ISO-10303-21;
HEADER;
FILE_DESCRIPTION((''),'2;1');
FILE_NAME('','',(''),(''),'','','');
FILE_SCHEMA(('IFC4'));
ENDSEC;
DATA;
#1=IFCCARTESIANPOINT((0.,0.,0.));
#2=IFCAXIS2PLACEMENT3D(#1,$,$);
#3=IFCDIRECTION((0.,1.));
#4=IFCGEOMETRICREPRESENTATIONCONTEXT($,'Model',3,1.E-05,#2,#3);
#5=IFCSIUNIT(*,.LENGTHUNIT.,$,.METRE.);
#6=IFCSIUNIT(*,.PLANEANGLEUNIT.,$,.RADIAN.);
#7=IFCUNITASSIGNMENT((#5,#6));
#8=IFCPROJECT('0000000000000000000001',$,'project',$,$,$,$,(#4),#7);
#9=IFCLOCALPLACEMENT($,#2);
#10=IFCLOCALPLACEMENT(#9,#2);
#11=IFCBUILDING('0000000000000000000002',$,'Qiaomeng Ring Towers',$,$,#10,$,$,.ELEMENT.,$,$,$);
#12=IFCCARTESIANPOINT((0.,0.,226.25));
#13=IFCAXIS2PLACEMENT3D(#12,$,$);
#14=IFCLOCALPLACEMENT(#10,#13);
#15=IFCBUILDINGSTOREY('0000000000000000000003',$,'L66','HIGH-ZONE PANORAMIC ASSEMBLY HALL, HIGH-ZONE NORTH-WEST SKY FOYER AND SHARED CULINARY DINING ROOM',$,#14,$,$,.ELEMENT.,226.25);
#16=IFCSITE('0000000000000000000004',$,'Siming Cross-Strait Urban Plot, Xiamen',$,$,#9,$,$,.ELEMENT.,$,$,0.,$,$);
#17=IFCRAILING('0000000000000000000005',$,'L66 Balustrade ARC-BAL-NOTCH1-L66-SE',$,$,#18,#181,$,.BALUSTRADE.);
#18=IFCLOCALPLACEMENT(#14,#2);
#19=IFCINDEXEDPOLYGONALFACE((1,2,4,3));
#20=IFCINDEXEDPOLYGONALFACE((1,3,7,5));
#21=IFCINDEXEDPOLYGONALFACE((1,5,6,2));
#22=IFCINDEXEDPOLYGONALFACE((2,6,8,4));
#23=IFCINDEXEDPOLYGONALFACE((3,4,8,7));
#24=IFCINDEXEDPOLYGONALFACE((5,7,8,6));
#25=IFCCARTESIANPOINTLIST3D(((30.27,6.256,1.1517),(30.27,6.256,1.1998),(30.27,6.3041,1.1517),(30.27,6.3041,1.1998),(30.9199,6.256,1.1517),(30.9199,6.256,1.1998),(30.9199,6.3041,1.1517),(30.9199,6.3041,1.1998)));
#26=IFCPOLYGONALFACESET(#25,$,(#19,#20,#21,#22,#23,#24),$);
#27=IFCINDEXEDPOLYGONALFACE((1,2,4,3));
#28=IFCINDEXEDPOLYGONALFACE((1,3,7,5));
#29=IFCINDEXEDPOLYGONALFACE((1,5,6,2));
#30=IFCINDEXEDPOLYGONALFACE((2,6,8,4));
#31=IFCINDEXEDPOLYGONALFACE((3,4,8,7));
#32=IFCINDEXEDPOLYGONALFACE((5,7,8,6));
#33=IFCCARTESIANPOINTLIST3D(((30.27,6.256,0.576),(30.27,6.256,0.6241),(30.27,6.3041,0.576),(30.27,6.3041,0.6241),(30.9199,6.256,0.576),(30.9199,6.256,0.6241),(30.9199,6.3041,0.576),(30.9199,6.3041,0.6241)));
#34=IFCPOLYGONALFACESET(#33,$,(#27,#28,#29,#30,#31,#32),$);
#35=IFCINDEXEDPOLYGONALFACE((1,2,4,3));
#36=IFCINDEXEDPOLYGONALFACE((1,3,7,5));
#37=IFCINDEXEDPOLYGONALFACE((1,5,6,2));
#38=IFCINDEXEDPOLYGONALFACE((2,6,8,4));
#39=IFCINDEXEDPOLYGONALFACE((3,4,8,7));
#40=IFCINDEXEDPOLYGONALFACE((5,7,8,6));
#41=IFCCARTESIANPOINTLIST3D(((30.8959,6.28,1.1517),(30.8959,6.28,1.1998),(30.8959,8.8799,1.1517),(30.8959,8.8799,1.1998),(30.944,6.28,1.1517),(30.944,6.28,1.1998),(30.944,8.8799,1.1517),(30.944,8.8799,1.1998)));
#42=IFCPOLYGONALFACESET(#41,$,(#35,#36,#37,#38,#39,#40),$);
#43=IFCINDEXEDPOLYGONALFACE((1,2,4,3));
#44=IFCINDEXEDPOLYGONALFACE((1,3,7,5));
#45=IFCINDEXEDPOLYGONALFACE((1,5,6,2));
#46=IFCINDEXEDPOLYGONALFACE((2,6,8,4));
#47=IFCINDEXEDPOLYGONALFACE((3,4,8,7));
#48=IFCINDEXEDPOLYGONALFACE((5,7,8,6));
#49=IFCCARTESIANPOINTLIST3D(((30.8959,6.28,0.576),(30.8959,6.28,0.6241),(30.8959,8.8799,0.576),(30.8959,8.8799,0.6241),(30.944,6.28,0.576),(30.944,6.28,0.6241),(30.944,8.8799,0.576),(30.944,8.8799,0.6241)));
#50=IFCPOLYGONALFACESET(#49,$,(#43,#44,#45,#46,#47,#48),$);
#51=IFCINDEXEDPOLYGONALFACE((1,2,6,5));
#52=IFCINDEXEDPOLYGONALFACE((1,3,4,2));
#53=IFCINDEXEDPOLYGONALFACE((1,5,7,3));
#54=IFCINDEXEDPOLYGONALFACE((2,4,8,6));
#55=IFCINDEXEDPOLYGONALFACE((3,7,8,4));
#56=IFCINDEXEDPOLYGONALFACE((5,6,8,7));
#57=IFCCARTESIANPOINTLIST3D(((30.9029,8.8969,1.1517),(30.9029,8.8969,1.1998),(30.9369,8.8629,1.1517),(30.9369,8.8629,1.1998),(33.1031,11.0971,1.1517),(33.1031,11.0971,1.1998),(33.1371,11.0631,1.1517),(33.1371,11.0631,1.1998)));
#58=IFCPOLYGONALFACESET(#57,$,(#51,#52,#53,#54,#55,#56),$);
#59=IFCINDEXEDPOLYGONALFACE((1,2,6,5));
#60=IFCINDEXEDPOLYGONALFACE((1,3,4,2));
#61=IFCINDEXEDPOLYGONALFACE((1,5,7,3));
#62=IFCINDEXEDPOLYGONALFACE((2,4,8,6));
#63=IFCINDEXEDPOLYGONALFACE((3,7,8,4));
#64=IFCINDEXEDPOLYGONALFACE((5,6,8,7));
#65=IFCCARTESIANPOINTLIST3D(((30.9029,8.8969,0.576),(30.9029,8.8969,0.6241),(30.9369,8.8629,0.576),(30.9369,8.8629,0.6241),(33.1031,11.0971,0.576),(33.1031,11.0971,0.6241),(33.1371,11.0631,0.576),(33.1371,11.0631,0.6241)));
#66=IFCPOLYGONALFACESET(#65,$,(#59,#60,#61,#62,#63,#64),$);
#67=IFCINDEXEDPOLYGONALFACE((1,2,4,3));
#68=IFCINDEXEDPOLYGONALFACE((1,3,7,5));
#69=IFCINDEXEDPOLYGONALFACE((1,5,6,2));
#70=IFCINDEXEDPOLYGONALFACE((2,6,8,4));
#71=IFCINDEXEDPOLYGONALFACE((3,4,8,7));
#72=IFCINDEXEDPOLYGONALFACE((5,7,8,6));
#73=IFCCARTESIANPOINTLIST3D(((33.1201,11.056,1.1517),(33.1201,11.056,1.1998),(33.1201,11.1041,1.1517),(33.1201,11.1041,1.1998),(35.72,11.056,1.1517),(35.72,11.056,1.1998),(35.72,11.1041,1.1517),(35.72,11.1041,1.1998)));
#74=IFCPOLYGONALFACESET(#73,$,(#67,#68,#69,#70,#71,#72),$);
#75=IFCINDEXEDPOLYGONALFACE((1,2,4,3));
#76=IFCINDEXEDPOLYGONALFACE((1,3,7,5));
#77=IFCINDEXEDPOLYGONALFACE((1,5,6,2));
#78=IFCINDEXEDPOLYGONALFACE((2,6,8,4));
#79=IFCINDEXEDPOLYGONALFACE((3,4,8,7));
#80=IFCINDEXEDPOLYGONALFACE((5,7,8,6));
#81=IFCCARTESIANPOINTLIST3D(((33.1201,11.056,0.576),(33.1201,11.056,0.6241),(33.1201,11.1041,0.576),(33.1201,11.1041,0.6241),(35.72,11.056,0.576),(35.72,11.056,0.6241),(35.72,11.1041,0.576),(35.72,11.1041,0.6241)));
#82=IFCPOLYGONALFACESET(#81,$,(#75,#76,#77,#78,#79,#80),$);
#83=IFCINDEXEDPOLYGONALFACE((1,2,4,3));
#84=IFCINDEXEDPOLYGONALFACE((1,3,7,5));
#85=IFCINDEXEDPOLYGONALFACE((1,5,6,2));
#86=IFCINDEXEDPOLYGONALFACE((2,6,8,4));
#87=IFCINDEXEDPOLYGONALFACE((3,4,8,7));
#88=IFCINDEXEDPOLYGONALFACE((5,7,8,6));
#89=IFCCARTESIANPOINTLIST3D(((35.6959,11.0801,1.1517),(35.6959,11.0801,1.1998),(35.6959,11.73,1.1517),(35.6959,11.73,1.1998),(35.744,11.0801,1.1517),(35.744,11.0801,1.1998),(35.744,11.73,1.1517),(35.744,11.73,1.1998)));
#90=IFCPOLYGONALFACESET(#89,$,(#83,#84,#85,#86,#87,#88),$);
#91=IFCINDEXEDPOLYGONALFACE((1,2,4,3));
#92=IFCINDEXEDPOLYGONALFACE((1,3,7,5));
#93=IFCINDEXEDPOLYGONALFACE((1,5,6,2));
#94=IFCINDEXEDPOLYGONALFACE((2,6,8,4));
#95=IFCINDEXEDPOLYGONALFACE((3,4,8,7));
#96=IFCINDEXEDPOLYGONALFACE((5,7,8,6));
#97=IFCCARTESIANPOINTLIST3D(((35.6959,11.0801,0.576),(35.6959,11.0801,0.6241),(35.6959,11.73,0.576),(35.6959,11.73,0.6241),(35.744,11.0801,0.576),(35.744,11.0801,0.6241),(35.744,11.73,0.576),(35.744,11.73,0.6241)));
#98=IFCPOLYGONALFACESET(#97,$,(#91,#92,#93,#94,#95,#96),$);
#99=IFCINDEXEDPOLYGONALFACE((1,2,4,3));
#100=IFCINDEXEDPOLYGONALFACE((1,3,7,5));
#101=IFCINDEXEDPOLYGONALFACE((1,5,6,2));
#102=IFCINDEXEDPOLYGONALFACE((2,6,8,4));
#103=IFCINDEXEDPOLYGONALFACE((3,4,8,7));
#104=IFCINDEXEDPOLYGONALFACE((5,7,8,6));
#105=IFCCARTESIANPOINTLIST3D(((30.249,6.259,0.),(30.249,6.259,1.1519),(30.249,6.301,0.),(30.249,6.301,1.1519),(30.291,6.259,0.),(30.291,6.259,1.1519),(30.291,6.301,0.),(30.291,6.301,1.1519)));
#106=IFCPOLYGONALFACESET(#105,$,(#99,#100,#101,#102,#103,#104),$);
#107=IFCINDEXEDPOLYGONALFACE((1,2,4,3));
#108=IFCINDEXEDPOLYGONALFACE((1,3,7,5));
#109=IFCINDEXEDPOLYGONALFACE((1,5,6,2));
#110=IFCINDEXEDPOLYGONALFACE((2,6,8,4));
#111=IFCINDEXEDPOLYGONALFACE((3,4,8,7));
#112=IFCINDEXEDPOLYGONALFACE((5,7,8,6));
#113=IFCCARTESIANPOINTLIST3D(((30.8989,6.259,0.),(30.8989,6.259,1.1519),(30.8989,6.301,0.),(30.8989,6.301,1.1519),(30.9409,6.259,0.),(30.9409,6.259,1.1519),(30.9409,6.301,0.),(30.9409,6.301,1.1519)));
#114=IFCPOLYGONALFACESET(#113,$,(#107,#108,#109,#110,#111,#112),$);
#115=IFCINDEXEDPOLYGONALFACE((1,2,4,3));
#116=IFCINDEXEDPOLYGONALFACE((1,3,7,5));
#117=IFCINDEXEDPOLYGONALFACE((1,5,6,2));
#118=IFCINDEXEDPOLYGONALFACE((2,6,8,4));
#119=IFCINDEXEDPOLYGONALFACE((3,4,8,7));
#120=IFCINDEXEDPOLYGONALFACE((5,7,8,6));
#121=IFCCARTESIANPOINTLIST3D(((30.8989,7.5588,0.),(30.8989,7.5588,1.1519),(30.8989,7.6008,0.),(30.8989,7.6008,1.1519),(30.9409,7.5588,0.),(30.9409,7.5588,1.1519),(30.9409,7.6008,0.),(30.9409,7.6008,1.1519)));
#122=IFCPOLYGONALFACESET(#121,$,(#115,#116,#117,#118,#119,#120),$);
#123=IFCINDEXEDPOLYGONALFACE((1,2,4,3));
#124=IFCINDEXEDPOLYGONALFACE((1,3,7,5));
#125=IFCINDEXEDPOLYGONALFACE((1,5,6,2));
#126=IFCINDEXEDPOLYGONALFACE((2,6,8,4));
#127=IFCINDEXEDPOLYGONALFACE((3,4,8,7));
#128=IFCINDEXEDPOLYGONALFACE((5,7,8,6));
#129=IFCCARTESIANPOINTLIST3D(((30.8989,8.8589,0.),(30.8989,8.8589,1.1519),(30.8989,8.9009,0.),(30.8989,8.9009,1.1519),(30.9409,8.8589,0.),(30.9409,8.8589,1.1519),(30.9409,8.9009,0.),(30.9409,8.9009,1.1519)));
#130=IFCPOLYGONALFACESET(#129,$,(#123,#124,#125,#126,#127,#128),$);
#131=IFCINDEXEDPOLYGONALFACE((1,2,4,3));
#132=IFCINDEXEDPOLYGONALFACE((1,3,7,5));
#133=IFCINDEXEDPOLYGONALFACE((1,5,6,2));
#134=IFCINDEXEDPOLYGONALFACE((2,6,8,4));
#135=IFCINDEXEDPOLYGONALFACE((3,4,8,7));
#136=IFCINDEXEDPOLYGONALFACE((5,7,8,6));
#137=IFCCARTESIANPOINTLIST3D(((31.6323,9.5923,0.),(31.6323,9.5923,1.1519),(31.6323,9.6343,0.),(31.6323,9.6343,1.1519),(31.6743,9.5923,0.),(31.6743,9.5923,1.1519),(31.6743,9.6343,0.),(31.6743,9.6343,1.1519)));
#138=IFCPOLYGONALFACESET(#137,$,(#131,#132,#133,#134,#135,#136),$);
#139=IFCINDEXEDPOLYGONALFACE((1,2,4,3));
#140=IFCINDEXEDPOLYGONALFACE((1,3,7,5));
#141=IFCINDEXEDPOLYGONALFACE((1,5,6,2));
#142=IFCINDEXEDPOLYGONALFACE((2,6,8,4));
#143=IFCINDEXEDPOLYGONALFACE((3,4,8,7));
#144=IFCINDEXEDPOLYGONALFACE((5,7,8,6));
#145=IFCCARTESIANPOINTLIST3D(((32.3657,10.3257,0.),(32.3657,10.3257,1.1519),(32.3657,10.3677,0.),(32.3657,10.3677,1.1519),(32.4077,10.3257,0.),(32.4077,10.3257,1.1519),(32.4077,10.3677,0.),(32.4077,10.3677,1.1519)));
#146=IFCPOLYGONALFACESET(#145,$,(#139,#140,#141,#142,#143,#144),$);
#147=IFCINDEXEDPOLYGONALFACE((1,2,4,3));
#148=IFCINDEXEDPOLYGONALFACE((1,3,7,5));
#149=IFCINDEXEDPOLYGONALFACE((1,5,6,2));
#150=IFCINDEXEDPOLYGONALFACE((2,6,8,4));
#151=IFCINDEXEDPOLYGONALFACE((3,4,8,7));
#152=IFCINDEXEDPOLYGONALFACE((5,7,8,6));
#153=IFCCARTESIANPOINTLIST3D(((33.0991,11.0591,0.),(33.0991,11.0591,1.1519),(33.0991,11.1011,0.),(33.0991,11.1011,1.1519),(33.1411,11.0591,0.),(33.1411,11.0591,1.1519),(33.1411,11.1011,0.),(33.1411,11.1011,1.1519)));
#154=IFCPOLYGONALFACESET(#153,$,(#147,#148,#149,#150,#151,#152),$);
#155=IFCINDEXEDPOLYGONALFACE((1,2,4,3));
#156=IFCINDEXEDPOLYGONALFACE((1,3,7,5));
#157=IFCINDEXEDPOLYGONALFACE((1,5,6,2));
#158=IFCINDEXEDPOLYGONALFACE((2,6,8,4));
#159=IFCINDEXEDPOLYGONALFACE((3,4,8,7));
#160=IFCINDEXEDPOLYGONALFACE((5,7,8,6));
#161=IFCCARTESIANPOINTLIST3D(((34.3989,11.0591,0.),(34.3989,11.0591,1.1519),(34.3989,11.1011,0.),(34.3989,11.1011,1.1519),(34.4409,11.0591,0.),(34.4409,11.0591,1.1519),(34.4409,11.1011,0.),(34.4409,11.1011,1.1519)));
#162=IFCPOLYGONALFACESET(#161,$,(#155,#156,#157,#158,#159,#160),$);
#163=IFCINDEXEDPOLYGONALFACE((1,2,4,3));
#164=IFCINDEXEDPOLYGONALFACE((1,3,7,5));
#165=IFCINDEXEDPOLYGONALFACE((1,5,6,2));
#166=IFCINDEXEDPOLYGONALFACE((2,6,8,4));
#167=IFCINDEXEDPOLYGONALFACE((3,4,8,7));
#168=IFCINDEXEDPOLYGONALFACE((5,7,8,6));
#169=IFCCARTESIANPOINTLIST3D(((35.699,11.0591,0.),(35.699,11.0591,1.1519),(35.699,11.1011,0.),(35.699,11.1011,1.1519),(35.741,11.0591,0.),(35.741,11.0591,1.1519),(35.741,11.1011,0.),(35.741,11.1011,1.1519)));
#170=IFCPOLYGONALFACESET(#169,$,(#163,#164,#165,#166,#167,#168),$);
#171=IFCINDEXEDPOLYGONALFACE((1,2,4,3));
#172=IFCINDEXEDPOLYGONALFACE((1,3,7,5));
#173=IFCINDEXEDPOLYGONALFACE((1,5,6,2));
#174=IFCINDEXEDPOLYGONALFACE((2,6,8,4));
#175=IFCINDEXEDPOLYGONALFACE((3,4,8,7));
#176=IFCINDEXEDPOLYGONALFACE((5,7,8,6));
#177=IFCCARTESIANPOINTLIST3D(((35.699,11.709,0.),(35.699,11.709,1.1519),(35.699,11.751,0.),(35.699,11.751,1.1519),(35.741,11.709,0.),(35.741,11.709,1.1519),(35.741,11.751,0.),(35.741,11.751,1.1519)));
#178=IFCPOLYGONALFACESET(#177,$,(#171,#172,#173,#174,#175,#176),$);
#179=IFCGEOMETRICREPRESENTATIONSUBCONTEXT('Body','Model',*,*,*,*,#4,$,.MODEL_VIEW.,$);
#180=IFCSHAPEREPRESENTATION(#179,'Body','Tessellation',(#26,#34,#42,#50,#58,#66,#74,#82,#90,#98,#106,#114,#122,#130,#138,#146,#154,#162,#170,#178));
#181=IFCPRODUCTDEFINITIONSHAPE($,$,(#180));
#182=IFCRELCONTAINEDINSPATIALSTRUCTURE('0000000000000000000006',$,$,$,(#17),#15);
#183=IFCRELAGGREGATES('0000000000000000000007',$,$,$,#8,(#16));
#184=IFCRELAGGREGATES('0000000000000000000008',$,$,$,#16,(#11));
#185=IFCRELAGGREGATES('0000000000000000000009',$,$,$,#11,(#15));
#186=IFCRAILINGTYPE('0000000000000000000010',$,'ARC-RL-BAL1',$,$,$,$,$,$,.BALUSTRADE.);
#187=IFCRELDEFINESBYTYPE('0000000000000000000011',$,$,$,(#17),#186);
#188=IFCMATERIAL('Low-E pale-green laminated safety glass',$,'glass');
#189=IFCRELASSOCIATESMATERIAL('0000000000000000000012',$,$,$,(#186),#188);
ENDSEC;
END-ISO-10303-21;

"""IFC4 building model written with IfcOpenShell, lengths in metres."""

from ifc_helpers import new_model, si_unit, direction, frame, origin, origin_2d, place, context, subcontext, project, spatial, rectangle, extrude, material, type_object, element, save


model = new_model("IFC4")

# Units and contexts
model_context = context("Model", 3, precision=1e-05, world=origin(), true_north=direction((0.0, 1.0)))
body_context = subcontext(model_context, "Body", "Model", "MODEL_VIEW")
ifc_project = project(units=[si_unit("LENGTHUNIT", "METRE"), si_unit("PLANEANGLEUNIT", "RADIAN")], contexts=[model_context])

# Site, building, storey
site_placement = place(None, origin())
site = spatial("IfcSite", under=ifc_project, at=site_placement, Name="Siming Cross-Strait Urban Plot, Xiamen", CompositionType="ELEMENT", RefElevation=0.0)
building_placement = place(site_placement, origin())
building = spatial("IfcBuilding", under=site, at=building_placement, Name="Qiaomeng Ring Towers", CompositionType="ELEMENT")
storey_placement = place(building_placement, frame((0.0, 0.0, 226.25)))
storey = spatial("IfcBuildingStorey", under=building, at=storey_placement, Name="L66", Description="HIGH-ZONE PANORAMIC ASSEMBLY HALL, HIGH-ZONE NORTH-WEST SKY FOYER AND SHARED CULINARY DINING ROOM", CompositionType="ELEMENT", Elevation=226.25)

# Railing
ifc_material_1 = material(Name="Low-E pale-green laminated safety glass", Category="glass")
railing_type = type_object("IfcRailingType", Name="ARC-RL-BAL1", PredefinedType="BALUSTRADE", material=ifc_material_1)
railing_placement = place(storey_placement, frame((30.27, 6.28, 0.0)))
element("IfcRailing", 1, at=railing_placement, inside=storey, type_object=railing_type, Name="L66 Balustrade ARC-BAL-NOTCH1-L66-SE", PredefinedType="BALUSTRADE", context=body_context, shape_type="SweptSolid", body=[
    extrude(rectangle(XDim=0.0481, YDim=0.0481, at=origin_2d()), frame((0.0, 0.0, 1.1758), z_axis=(1.0, 0.0, 0.0), x_axis=(0.0, 1.0, 0.0)), (0.0, 0.0, 1.0), 0.6499),
    extrude(rectangle(XDim=0.0481, YDim=0.0481, at=origin_2d()), frame((0.0, 0.0, 0.6001), z_axis=(1.0, 0.0, 0.0), x_axis=(0.0, 1.0, 0.0)), (0.0, 0.0, 1.0), 0.6499),
    extrude(rectangle(XDim=0.0481, YDim=0.0481, at=origin_2d()), frame((0.6499, 0.0, 1.1758), z_axis=(0.0, 1.0, 0.0), x_axis=(-1.0, 0.0, 0.0)), (0.0, 0.0, 1.0), 2.5999),
    extrude(rectangle(XDim=0.0481, YDim=0.0481, at=origin_2d()), frame((0.6499, 0.0, 0.6001), z_axis=(0.0, 1.0, 0.0), x_axis=(-1.0, 0.0, 0.0)), (0.0, 0.0, 1.0), 2.5999),
    extrude(rectangle(XDim=0.0481, YDim=0.0481, at=origin_2d()), frame((0.6499, 2.5999, 1.1758), z_axis=(0.707107, 0.707107, 0.0), x_axis=(-0.707107, 0.707107, 0.0)), (0.0, 0.0, 1.0), 3.1116),
    extrude(rectangle(XDim=0.0481, YDim=0.0481, at=origin_2d()), frame((0.6499, 2.5999, 0.6001), z_axis=(0.707107, 0.707107, 0.0), x_axis=(-0.707107, 0.707107, 0.0)), (0.0, 0.0, 1.0), 3.1116),
    extrude(rectangle(XDim=0.0481, YDim=0.0481, at=origin_2d()), frame((2.8501, 4.8, 1.1758), z_axis=(1.0, 0.0, 0.0), x_axis=(0.0, 1.0, 0.0)), (0.0, 0.0, 1.0), 2.5999),
    extrude(rectangle(XDim=0.0481, YDim=0.0481, at=origin_2d()), frame((2.8501, 4.8, 0.6001), z_axis=(1.0, 0.0, 0.0), x_axis=(0.0, 1.0, 0.0)), (0.0, 0.0, 1.0), 2.5999),
    extrude(rectangle(XDim=0.0481, YDim=0.0481, at=origin_2d()), frame((5.45, 4.8, 1.1758), z_axis=(0.0, 1.0, 0.0), x_axis=(-1.0, 0.0, 0.0)), (0.0, 0.0, 1.0), 0.6499),
    extrude(rectangle(XDim=0.0481, YDim=0.0481, at=origin_2d()), frame((5.45, 4.8, 0.6001), z_axis=(0.0, 1.0, 0.0), x_axis=(-1.0, 0.0, 0.0)), (0.0, 0.0, 1.0), 0.6499),
    extrude(rectangle(XDim=0.042, YDim=0.042, at=origin_2d()), origin(), (0.0, 0.0, 1.0), 1.1519),
    extrude(rectangle(XDim=0.042, YDim=0.042, at=origin_2d()), frame((0.6499, 0.0, 0.0)), (0.0, 0.0, 1.0), 1.1519),
    extrude(rectangle(XDim=0.042, YDim=0.042, at=origin_2d()), frame((0.6499, 1.2998, 0.0)), (0.0, 0.0, 1.0), 1.1519),
    extrude(rectangle(XDim=0.042, YDim=0.042, at=origin_2d()), frame((0.6499, 2.5999, 0.0)), (0.0, 0.0, 1.0), 1.1519),
    extrude(rectangle(XDim=0.042, YDim=0.042, at=origin_2d()), frame((1.3833, 3.3333, 0.0)), (0.0, 0.0, 1.0), 1.1519),
    extrude(rectangle(XDim=0.042, YDim=0.042, at=origin_2d()), frame((2.1167, 4.0667, 0.0)), (0.0, 0.0, 1.0), 1.1519),
    extrude(rectangle(XDim=0.042, YDim=0.042, at=origin_2d()), frame((2.8501, 4.8, 0.0)), (0.0, 0.0, 1.0), 1.1519),
    extrude(rectangle(XDim=0.042, YDim=0.042, at=origin_2d()), frame((4.1499, 4.8, 0.0)), (0.0, 0.0, 1.0), 1.1519),
    extrude(rectangle(XDim=0.042, YDim=0.042, at=origin_2d()), frame((5.45, 4.8, 0.0)), (0.0, 0.0, 1.0), 1.1519),
    extrude(rectangle(XDim=0.042, YDim=0.042, at=origin_2d()), frame((5.45, 5.45, 0.0)), (0.0, 0.0, 1.0), 1.1519),
])

save(model, "model.ifc")
